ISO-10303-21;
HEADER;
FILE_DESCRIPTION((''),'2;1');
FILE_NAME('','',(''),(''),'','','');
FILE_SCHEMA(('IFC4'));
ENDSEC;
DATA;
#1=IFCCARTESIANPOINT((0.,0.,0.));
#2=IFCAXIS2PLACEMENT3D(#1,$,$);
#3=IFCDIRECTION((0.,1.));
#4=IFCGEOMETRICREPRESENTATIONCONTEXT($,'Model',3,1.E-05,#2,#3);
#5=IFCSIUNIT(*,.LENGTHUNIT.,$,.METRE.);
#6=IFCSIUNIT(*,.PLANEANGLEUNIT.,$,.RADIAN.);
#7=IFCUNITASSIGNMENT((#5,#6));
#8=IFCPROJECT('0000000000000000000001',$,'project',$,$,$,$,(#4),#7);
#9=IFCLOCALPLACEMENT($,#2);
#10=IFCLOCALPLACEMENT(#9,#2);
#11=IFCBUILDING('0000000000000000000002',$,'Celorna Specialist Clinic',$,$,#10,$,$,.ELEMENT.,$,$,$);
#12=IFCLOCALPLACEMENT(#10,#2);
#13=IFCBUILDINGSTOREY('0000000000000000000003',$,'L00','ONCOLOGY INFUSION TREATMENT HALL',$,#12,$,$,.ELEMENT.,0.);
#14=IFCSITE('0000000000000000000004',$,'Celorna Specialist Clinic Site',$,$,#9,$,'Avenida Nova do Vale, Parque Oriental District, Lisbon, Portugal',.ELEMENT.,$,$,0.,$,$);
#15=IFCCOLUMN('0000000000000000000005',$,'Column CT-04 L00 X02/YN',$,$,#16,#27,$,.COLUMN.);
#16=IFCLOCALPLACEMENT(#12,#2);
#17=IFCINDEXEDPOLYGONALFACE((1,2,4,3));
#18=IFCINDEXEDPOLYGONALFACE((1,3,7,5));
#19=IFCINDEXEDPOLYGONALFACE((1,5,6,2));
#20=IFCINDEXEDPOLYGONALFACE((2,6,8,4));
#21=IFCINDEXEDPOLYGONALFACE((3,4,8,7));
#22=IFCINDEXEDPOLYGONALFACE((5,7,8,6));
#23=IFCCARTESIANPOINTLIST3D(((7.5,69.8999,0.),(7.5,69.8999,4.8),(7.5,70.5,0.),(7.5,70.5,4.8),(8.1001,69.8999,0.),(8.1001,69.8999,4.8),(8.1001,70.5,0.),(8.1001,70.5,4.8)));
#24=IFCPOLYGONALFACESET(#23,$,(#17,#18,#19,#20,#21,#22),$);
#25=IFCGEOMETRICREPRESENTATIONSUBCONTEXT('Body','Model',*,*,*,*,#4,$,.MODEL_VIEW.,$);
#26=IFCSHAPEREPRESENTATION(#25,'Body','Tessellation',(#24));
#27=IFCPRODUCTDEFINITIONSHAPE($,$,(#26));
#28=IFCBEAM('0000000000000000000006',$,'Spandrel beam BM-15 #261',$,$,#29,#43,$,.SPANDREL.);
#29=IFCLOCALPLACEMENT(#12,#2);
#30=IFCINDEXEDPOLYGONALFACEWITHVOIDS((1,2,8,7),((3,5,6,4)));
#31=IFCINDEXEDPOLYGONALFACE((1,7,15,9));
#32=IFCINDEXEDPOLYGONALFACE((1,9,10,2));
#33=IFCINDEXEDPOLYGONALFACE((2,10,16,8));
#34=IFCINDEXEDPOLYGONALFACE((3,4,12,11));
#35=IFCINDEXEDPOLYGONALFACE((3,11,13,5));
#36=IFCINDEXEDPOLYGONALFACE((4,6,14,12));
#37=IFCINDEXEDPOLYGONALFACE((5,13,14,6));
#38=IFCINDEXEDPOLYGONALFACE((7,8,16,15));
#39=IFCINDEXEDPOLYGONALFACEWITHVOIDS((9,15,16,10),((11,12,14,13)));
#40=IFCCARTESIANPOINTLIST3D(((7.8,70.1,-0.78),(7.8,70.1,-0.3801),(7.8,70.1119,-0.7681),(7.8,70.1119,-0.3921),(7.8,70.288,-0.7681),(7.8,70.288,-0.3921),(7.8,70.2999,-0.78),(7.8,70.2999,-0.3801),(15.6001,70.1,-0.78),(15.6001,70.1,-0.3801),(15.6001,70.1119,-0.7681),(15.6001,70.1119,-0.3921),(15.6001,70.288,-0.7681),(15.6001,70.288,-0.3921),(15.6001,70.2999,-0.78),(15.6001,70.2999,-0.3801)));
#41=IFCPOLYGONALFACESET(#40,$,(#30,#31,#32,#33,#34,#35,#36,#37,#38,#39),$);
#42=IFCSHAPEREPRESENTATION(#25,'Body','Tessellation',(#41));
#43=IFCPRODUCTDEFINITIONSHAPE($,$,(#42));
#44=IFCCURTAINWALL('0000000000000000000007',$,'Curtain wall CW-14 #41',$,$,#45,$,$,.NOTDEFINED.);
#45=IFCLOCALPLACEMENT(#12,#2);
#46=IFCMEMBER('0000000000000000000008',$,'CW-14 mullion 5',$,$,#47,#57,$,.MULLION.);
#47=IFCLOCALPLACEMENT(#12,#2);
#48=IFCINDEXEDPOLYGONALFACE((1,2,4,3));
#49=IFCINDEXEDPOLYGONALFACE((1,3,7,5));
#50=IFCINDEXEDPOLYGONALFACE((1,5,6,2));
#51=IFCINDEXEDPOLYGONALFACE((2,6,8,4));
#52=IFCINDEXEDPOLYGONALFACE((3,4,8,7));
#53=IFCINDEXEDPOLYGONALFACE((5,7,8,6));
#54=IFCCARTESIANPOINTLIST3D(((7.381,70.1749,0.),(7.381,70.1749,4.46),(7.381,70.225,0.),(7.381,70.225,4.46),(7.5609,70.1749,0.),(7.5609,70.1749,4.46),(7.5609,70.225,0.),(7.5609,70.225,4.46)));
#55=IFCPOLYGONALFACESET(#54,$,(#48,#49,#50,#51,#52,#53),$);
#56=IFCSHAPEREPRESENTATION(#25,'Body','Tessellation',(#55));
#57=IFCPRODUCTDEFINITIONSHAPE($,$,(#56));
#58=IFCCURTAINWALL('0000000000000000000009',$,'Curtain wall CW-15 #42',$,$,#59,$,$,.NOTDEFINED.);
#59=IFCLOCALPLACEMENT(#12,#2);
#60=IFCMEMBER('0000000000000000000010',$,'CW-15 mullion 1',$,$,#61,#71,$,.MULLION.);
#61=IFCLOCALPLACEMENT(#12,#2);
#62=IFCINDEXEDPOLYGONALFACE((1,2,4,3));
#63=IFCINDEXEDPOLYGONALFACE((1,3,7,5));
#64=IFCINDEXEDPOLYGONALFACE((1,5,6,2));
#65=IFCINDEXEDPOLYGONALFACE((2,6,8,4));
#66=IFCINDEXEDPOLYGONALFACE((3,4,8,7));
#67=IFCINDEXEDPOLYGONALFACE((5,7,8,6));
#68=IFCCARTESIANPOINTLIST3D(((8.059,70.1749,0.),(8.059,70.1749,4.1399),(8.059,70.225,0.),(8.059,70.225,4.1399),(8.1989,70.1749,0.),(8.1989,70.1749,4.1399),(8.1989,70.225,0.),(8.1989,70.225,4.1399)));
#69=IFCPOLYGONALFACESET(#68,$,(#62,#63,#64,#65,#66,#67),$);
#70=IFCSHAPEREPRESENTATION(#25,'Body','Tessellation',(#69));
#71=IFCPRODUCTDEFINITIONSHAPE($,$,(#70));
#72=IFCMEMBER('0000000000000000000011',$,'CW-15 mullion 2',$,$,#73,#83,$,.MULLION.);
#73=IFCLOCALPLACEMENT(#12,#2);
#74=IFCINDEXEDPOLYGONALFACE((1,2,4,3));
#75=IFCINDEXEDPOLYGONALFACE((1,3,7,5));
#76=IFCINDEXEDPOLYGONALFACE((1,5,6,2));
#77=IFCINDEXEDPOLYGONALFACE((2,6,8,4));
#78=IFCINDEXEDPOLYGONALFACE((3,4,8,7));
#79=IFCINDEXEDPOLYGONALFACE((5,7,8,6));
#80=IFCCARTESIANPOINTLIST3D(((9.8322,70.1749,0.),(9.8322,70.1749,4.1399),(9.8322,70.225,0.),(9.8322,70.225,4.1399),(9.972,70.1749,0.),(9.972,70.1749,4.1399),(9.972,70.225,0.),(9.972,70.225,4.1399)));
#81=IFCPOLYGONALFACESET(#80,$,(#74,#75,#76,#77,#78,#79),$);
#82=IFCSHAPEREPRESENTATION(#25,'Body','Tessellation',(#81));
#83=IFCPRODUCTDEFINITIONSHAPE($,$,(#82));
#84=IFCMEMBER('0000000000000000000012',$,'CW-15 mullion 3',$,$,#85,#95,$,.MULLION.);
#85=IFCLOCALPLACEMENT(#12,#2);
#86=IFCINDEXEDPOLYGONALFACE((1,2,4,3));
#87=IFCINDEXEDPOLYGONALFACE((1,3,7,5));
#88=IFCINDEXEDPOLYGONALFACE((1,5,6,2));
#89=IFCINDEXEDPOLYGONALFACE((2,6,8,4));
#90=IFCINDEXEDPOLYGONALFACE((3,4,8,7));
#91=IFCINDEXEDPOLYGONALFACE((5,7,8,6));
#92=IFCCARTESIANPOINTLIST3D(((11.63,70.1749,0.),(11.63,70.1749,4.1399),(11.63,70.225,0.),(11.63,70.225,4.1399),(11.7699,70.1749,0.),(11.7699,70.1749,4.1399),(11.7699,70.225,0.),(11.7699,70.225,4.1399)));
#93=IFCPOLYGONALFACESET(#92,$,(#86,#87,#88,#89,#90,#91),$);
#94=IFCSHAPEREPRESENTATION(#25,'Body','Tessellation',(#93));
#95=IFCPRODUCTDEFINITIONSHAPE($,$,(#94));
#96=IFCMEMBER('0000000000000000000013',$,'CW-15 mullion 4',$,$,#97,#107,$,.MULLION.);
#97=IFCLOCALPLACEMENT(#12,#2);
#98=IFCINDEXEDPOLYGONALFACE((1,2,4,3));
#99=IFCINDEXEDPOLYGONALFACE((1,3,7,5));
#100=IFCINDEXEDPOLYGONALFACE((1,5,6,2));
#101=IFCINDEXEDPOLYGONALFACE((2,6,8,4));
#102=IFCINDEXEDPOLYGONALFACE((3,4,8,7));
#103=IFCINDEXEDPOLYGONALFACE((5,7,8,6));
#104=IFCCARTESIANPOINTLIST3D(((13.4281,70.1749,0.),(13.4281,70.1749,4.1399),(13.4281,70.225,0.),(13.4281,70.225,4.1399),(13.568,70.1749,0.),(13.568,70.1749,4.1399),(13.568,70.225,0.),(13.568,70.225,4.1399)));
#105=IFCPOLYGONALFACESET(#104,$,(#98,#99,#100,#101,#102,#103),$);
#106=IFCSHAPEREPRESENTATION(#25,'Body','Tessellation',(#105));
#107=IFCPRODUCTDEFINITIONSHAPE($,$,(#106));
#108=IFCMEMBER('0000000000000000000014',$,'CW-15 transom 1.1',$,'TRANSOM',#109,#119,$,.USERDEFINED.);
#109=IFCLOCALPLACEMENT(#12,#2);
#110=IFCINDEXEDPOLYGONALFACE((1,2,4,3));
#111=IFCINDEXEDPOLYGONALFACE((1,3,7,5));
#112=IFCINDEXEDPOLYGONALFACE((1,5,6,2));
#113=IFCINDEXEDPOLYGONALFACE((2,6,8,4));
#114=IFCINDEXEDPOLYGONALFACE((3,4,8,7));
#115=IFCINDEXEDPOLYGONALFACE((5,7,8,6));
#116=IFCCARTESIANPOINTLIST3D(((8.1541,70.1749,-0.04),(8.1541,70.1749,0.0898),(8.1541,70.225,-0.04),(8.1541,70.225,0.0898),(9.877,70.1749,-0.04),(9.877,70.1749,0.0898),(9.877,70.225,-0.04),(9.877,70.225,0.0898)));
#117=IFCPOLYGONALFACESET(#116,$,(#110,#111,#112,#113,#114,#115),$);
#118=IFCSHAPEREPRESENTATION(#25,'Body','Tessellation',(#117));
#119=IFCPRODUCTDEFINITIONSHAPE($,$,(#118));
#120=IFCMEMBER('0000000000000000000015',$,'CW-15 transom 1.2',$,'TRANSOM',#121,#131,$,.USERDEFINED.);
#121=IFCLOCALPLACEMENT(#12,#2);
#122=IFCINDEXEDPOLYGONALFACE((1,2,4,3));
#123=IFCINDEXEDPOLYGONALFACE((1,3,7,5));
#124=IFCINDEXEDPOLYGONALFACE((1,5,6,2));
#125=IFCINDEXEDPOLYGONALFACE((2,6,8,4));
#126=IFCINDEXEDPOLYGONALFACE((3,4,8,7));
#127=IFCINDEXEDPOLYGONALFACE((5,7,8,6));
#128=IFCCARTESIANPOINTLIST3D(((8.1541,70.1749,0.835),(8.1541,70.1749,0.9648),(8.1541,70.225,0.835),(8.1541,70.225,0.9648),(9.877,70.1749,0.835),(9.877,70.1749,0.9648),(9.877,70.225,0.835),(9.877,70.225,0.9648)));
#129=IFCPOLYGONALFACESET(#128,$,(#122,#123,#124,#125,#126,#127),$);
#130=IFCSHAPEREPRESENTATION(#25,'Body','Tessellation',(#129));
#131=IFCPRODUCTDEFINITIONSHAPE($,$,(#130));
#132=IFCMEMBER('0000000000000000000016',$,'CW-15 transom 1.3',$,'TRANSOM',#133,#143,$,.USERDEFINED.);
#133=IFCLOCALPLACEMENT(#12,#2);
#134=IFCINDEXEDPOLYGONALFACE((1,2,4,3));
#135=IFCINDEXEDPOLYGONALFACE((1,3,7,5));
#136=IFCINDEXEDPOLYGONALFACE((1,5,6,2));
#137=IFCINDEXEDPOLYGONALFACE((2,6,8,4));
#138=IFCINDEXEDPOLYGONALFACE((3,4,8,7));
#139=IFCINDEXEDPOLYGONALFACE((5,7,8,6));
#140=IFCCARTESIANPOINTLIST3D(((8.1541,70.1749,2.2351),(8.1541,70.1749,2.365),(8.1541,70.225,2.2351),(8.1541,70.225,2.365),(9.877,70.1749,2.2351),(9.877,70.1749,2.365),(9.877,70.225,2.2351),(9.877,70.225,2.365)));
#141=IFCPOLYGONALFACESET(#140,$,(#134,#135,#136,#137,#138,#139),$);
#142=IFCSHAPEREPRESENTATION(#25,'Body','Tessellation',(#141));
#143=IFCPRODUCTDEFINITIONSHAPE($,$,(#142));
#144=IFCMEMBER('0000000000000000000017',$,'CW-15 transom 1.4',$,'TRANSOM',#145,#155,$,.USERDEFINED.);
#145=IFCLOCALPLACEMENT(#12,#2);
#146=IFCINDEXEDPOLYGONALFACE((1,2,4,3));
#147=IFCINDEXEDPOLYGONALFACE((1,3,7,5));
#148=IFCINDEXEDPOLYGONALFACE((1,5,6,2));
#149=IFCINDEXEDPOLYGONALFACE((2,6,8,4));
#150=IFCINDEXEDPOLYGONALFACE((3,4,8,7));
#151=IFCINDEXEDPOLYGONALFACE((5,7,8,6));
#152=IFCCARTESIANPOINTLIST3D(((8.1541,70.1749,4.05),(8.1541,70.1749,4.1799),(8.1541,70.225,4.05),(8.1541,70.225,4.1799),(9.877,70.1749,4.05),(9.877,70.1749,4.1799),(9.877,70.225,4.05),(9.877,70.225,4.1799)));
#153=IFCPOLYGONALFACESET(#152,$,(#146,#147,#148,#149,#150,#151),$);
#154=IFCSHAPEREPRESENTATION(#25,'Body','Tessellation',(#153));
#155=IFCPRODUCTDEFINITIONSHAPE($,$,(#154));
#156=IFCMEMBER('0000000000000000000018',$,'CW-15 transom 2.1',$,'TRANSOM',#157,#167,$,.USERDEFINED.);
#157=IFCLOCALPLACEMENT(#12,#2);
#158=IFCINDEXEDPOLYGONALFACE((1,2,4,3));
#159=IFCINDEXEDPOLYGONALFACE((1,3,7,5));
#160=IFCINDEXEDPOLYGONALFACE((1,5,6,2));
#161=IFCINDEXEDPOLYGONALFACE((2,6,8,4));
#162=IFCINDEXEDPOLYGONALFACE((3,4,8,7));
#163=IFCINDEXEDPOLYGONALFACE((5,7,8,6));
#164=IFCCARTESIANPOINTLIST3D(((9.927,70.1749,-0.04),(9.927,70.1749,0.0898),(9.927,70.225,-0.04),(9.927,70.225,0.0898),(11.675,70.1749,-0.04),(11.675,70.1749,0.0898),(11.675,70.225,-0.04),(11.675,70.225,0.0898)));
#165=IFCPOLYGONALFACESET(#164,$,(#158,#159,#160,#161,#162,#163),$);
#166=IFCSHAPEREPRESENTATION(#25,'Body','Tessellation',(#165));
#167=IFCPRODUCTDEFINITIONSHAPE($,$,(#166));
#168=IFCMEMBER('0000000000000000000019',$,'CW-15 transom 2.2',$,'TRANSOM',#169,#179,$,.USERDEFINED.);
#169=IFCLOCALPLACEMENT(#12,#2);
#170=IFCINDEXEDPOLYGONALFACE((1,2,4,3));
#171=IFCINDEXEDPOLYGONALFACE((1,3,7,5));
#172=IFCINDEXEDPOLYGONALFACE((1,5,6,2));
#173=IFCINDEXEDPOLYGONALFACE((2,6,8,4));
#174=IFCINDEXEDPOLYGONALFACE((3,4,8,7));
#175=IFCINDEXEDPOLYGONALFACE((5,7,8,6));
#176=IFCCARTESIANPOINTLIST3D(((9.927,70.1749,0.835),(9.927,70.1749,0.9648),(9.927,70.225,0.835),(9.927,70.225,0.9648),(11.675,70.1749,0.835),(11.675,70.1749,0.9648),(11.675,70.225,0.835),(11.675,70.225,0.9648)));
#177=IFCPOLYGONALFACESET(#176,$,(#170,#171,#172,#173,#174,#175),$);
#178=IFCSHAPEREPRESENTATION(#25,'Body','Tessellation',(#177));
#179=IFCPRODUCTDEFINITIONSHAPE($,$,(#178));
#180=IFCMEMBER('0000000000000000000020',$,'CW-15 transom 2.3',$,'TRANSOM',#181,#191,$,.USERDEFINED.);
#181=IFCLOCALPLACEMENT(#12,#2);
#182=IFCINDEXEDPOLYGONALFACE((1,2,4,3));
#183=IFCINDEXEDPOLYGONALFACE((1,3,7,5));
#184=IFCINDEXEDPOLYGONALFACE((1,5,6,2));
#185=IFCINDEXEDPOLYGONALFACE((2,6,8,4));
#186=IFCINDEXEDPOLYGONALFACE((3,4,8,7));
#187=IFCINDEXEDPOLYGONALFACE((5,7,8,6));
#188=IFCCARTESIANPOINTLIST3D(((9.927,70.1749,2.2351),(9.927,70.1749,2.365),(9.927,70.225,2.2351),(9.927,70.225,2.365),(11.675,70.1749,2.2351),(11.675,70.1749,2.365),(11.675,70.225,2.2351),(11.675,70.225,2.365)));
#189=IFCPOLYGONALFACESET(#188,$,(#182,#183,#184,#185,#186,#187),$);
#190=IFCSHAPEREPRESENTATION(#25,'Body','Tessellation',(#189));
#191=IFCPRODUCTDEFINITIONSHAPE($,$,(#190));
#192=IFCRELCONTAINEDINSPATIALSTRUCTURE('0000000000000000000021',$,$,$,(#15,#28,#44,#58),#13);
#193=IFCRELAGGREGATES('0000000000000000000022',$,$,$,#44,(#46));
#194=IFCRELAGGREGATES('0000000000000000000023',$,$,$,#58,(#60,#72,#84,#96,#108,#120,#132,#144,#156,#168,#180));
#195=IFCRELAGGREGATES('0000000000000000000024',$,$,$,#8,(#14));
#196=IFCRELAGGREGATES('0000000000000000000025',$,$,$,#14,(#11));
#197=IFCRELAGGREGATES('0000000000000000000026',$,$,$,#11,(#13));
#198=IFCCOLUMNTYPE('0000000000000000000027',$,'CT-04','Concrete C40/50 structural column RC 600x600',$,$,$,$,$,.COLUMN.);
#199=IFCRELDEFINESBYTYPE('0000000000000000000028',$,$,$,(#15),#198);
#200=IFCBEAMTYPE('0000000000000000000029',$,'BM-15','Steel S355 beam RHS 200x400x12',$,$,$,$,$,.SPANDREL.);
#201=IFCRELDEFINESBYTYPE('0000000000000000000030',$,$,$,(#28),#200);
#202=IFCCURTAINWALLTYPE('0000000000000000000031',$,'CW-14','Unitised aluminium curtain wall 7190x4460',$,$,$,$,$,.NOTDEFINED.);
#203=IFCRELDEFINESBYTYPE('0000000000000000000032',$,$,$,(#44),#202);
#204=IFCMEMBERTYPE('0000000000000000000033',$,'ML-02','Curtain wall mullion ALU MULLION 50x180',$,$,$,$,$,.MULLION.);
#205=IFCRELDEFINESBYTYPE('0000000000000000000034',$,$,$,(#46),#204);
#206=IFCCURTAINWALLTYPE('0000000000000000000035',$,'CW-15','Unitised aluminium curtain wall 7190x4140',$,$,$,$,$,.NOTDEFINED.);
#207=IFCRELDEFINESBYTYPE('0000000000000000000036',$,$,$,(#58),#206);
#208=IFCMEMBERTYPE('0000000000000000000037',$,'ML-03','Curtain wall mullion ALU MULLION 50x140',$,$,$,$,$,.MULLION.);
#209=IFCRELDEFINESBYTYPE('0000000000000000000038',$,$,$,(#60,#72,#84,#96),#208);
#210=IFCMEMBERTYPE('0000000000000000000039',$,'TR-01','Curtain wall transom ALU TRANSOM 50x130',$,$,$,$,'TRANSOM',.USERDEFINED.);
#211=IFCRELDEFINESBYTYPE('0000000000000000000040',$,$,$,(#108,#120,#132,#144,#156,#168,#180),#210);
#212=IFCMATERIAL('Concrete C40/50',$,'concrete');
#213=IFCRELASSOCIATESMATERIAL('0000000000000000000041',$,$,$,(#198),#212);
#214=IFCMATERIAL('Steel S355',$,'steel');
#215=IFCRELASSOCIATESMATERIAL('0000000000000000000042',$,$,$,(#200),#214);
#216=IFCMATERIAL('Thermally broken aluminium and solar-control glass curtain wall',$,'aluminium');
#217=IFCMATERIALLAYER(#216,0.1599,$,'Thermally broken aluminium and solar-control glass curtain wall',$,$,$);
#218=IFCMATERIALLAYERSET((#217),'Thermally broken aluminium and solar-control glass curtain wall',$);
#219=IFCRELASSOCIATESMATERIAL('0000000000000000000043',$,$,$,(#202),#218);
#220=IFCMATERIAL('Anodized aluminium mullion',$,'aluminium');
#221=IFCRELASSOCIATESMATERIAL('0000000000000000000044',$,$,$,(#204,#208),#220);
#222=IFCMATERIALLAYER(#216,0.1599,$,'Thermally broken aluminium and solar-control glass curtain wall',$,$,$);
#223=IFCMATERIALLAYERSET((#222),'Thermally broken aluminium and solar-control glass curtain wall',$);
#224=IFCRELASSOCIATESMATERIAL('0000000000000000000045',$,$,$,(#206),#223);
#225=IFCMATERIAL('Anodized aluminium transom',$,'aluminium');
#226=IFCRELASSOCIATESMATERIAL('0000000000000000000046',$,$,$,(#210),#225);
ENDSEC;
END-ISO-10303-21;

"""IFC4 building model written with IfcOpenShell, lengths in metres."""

from ifc_helpers import new_model, si_unit, direction, frame, origin, origin_2d, place, context, subcontext, project, spatial, rectangle, hollow_rectangle, extrude, material, layer, layer_set, material_profile, profile_set, type_object, element, aggregate, save


model = new_model("IFC4")

# Units and contexts
model_context = context("Model", 3, precision=1e-05, world=origin(), true_north=direction((0.0, 1.0)))
body_context = subcontext(model_context, "Body", "Model", "MODEL_VIEW")
ifc_project = project(units=[si_unit("LENGTHUNIT", "METRE"), si_unit("PLANEANGLEUNIT", "RADIAN")], contexts=[model_context])

# Site, building, storey
site_placement = place(None, origin())
site = spatial("IfcSite", under=ifc_project, at=site_placement, Name="Celorna Specialist Clinic Site", LongName="Avenida Nova do Vale, Parque Oriental District, Lisbon, Portugal", CompositionType="ELEMENT", RefElevation=0.0)
building_placement = place(site_placement, origin())
building = spatial("IfcBuilding", under=site, at=building_placement, Name="Celorna Specialist Clinic", CompositionType="ELEMENT")
storey_placement = place(building_placement, origin())
storey = spatial("IfcBuildingStorey", under=building, at=storey_placement, Name="L00", Description="ONCOLOGY INFUSION TREATMENT HALL", CompositionType="ELEMENT", Elevation=0.0)

# Column
ifc_material_1 = material(Name="Concrete C40/50", Category="concrete")
ifc_material_profile_1 = material_profile(ifc_material_1, rectangle(XDim=0.6001, YDim=0.6001, at=origin_2d()), Name="RC 600x600")
ifc_profile_set_1 = profile_set([ifc_material_profile_1], Name="Concrete C40/50")
column_type = type_object("IfcColumnType", Name="CT-04", Description="Concrete C40/50 structural column RC 600x600", PredefinedType="COLUMN", material=ifc_profile_set_1)
column_placement = place(storey_placement, frame((7.8, 70.2, 0.0), z_axis=(0.0, 0.0, 1.0), x_axis=(1.0, 0.0, 0.0)))
element("IfcColumn", 1, at=column_placement, inside=storey, type_object=column_type, Name="Column CT-04 L00 X02/YN", PredefinedType="COLUMN", context=body_context, shape_type="SweptSolid", body=[
    extrude(rectangle(XDim=0.6001, YDim=0.6001, at=origin_2d()), origin(), (0.0, 0.0, 1.0), 4.8),
])

# Beam
ifc_material_2 = material(Name="Steel S355", Category="steel")
ifc_material_profile_2 = material_profile(ifc_material_2, hollow_rectangle(XDim=0.2, YDim=0.3999, WallThickness=0.012, at=origin_2d()), Name="RHS 200x400x12")
ifc_profile_set_2 = profile_set([ifc_material_profile_2], Name="Steel S355")
beam_type = type_object("IfcBeamType", Name="BM-15", Description="Steel S355 beam RHS 200x400x12", PredefinedType="SPANDREL", material=ifc_profile_set_2)
beam_placement = place(storey_placement, frame((7.8, 70.2, -0.5801), z_axis=(1.0, 0.0, 0.0), x_axis=(0.0, 1.0, 0.0)))
element("IfcBeam", 2, at=beam_placement, inside=storey, type_object=beam_type, Name="Spandrel beam BM-15 #261", PredefinedType="SPANDREL", context=body_context, shape_type="SweptSolid", body=[
    extrude(hollow_rectangle(XDim=0.2, YDim=0.3999, WallThickness=0.012, at=origin_2d()), origin(), (0.0, 0.0, 1.0), 7.8),
])

# Curtain wall, member
ifc_material_3 = material(Name="Thermally broken aluminium and solar-control glass curtain wall", Category="aluminium")
ifc_layer_1 = layer(ifc_material_3, 0.1599, Name="Thermally broken aluminium and solar-control glass curtain wall")
ifc_layer_set_1 = layer_set([ifc_layer_1], Name="Thermally broken aluminium and solar-control glass curtain wall")
curtain_wall_type_1 = type_object("IfcCurtainWallType", Name="CW-14", Description="Unitised aluminium curtain wall 7190x4460", PredefinedType="NOTDEFINED", material=ifc_layer_set_1)
curtain_wall_1_placement = place(storey_placement, origin())
curtain_wall_1 = element("IfcCurtainWall", 3, at=curtain_wall_1_placement, inside=storey, type_object=curtain_wall_type_1, Name="Curtain wall CW-14 #41", PredefinedType="NOTDEFINED")
ifc_material_4 = material(Name="Anodized aluminium mullion", Category="aluminium")
ifc_material_profile_3 = material_profile(ifc_material_4, rectangle(XDim=0.05, YDim=0.1799, at=origin_2d()), Name="ALU MULLION 50x180")
ifc_profile_set_3 = profile_set([ifc_material_profile_3], Name="Anodized aluminium mullion")
member_type_1 = type_object("IfcMemberType", Name="ML-02", Description="Curtain wall mullion ALU MULLION 50x180", PredefinedType="MULLION", material=ifc_profile_set_3)
member_1_placement = place(storey_placement, frame((7.4709, 70.2, 0.0), z_axis=(0.0, 0.0, 1.0), x_axis=(0.0, 1.0, 0.0)))
member_1 = element("IfcMember", 4, at=member_1_placement, type_object=member_type_1, Name="CW-14 mullion 5", PredefinedType="MULLION", context=body_context, shape_type="SweptSolid", body=[
    extrude(rectangle(XDim=0.05, YDim=0.1799, at=origin_2d()), origin(), (0.0, 0.0, 1.0), 4.46),
])
aggregate(curtain_wall_1, [member_1])

# Curtain wall, members
ifc_layer_2 = layer(ifc_material_3, 0.1599, Name="Thermally broken aluminium and solar-control glass curtain wall")
ifc_layer_set_2 = layer_set([ifc_layer_2], Name="Thermally broken aluminium and solar-control glass curtain wall")
curtain_wall_type_2 = type_object("IfcCurtainWallType", Name="CW-15", Description="Unitised aluminium curtain wall 7190x4140", PredefinedType="NOTDEFINED", material=ifc_layer_set_2)
curtain_wall_2_placement = place(storey_placement, origin())
curtain_wall_2 = element("IfcCurtainWall", 5, at=curtain_wall_2_placement, inside=storey, type_object=curtain_wall_type_2, Name="Curtain wall CW-15 #42", PredefinedType="NOTDEFINED")
ifc_material_profile_4 = material_profile(ifc_material_4, rectangle(XDim=0.05, YDim=0.1399, at=origin_2d()), Name="ALU MULLION 50x140")
ifc_profile_set_4 = profile_set([ifc_material_profile_4], Name="Anodized aluminium mullion")
member_type_2 = type_object("IfcMemberType", Name="ML-03", Description="Curtain wall mullion ALU MULLION 50x140", PredefinedType="MULLION", material=ifc_profile_set_4)
member_2_placement = place(storey_placement, frame((8.1289, 70.2, 0.0), z_axis=(0.0, 0.0, 1.0), x_axis=(0.0, 1.0, 0.0)))
member_2 = element("IfcMember", 6, at=member_2_placement, type_object=member_type_2, Name="CW-15 mullion 1", PredefinedType="MULLION", context=body_context, shape_type="SweptSolid", body=[
    extrude(rectangle(XDim=0.05, YDim=0.1399, at=origin_2d()), origin(), (0.0, 0.0, 1.0), 4.1399),
])
member_3_placement = place(storey_placement, frame((9.9021, 70.2, 0.0), z_axis=(0.0, 0.0, 1.0), x_axis=(0.0, 1.0, 0.0)))
member_3 = element("IfcMember", 7, at=member_3_placement, type_object=member_type_2, Name="CW-15 mullion 2", PredefinedType="MULLION", context=body_context, shape_type="SweptSolid", body=[
    extrude(rectangle(XDim=0.05, YDim=0.1399, at=origin_2d()), origin(), (0.0, 0.0, 1.0), 4.1399),
])
member_4_placement = place(storey_placement, frame((11.7, 70.2, 0.0), z_axis=(0.0, 0.0, 1.0), x_axis=(0.0, 1.0, 0.0)))
member_4 = element("IfcMember", 8, at=member_4_placement, type_object=member_type_2, Name="CW-15 mullion 3", PredefinedType="MULLION", context=body_context, shape_type="SweptSolid", body=[
    extrude(rectangle(XDim=0.05, YDim=0.1399, at=origin_2d()), origin(), (0.0, 0.0, 1.0), 4.1399),
])
member_5_placement = place(storey_placement, frame((13.498, 70.2, 0.0), z_axis=(0.0, 0.0, 1.0), x_axis=(0.0, 1.0, 0.0)))
member_5 = element("IfcMember", 9, at=member_5_placement, type_object=member_type_2, Name="CW-15 mullion 4", PredefinedType="MULLION", context=body_context, shape_type="SweptSolid", body=[
    extrude(rectangle(XDim=0.05, YDim=0.1399, at=origin_2d()), origin(), (0.0, 0.0, 1.0), 4.1399),
])
ifc_material_5 = material(Name="Anodized aluminium transom", Category="aluminium")
ifc_material_profile_5 = material_profile(ifc_material_5, rectangle(XDim=0.05, YDim=0.1299, at=origin_2d()), Name="ALU TRANSOM 50x130")
ifc_profile_set_5 = profile_set([ifc_material_profile_5], Name="Anodized aluminium transom")
member_type_3 = type_object("IfcMemberType", Name="TR-01", Description="Curtain wall transom ALU TRANSOM 50x130", ElementType="TRANSOM", PredefinedType="USERDEFINED", material=ifc_profile_set_5)
member_6_placement = place(storey_placement, frame((8.1541, 70.2, 0.0249), z_axis=(1.0, 0.0, 0.0), x_axis=(0.0, 1.0, 0.0)))
member_6 = element("IfcMember", 10, at=member_6_placement, type_object=member_type_3, Name="CW-15 transom 1.1", ObjectType="TRANSOM", PredefinedType="USERDEFINED", context=body_context, shape_type="SweptSolid", body=[
    extrude(rectangle(XDim=0.05, YDim=0.1299, at=origin_2d()), origin(), (0.0, 0.0, 1.0), 1.7229),
])
member_7_placement = place(storey_placement, frame((8.1541, 70.2, 0.8999), z_axis=(1.0, 0.0, 0.0), x_axis=(0.0, 1.0, 0.0)))
member_7 = element("IfcMember", 11, at=member_7_placement, type_object=member_type_3, Name="CW-15 transom 1.2", ObjectType="TRANSOM", PredefinedType="USERDEFINED", context=body_context, shape_type="SweptSolid", body=[
    extrude(rectangle(XDim=0.05, YDim=0.1299, at=origin_2d()), origin(), (0.0, 0.0, 1.0), 1.7229),
])
member_8_placement = place(storey_placement, frame((8.1541, 70.2, 2.3), z_axis=(1.0, 0.0, 0.0), x_axis=(0.0, 1.0, 0.0)))
member_8 = element("IfcMember", 12, at=member_8_placement, type_object=member_type_3, Name="CW-15 transom 1.3", ObjectType="TRANSOM", PredefinedType="USERDEFINED", context=body_context, shape_type="SweptSolid", body=[
    extrude(rectangle(XDim=0.05, YDim=0.1299, at=origin_2d()), origin(), (0.0, 0.0, 1.0), 1.7229),
])
member_9_placement = place(storey_placement, frame((8.1541, 70.2, 4.115), z_axis=(1.0, 0.0, 0.0), x_axis=(0.0, 1.0, 0.0)))
member_9 = element("IfcMember", 13, at=member_9_placement, type_object=member_type_3, Name="CW-15 transom 1.4", ObjectType="TRANSOM", PredefinedType="USERDEFINED", context=body_context, shape_type="SweptSolid", body=[
    extrude(rectangle(XDim=0.05, YDim=0.1299, at=origin_2d()), origin(), (0.0, 0.0, 1.0), 1.7229),
])
member_10_placement = place(storey_placement, frame((9.927, 70.2, 0.0249), z_axis=(1.0, 0.0, 0.0), x_axis=(0.0, 1.0, 0.0)))
member_10 = element("IfcMember", 14, at=member_10_placement, type_object=member_type_3, Name="CW-15 transom 2.1", ObjectType="TRANSOM", PredefinedType="USERDEFINED", context=body_context, shape_type="SweptSolid", body=[
    extrude(rectangle(XDim=0.05, YDim=0.1299, at=origin_2d()), origin(), (0.0, 0.0, 1.0), 1.748),
])
member_11_placement = place(storey_placement, frame((9.927, 70.2, 0.8999), z_axis=(1.0, 0.0, 0.0), x_axis=(0.0, 1.0, 0.0)))
member_11 = element("IfcMember", 15, at=member_11_placement, type_object=member_type_3, Name="CW-15 transom 2.2", ObjectType="TRANSOM", PredefinedType="USERDEFINED", context=body_context, shape_type="SweptSolid", body=[
    extrude(rectangle(XDim=0.05, YDim=0.1299, at=origin_2d()), origin(), (0.0, 0.0, 1.0), 1.748),
])
member_12_placement = place(storey_placement, frame((9.927, 70.2, 2.3), z_axis=(1.0, 0.0, 0.0), x_axis=(0.0, 1.0, 0.0)))
member_12 = element("IfcMember", 16, at=member_12_placement, type_object=member_type_3, Name="CW-15 transom 2.3", ObjectType="TRANSOM", PredefinedType="USERDEFINED", context=body_context, shape_type="SweptSolid", body=[
    extrude(rectangle(XDim=0.05, YDim=0.1299, at=origin_2d()), origin(), (0.0, 0.0, 1.0), 1.748),
])
aggregate(curtain_wall_2, [member_2, member_3, member_4, member_5, member_6, member_7, member_8, member_9, member_10, member_11, member_12])

save(model, "model.ifc")
